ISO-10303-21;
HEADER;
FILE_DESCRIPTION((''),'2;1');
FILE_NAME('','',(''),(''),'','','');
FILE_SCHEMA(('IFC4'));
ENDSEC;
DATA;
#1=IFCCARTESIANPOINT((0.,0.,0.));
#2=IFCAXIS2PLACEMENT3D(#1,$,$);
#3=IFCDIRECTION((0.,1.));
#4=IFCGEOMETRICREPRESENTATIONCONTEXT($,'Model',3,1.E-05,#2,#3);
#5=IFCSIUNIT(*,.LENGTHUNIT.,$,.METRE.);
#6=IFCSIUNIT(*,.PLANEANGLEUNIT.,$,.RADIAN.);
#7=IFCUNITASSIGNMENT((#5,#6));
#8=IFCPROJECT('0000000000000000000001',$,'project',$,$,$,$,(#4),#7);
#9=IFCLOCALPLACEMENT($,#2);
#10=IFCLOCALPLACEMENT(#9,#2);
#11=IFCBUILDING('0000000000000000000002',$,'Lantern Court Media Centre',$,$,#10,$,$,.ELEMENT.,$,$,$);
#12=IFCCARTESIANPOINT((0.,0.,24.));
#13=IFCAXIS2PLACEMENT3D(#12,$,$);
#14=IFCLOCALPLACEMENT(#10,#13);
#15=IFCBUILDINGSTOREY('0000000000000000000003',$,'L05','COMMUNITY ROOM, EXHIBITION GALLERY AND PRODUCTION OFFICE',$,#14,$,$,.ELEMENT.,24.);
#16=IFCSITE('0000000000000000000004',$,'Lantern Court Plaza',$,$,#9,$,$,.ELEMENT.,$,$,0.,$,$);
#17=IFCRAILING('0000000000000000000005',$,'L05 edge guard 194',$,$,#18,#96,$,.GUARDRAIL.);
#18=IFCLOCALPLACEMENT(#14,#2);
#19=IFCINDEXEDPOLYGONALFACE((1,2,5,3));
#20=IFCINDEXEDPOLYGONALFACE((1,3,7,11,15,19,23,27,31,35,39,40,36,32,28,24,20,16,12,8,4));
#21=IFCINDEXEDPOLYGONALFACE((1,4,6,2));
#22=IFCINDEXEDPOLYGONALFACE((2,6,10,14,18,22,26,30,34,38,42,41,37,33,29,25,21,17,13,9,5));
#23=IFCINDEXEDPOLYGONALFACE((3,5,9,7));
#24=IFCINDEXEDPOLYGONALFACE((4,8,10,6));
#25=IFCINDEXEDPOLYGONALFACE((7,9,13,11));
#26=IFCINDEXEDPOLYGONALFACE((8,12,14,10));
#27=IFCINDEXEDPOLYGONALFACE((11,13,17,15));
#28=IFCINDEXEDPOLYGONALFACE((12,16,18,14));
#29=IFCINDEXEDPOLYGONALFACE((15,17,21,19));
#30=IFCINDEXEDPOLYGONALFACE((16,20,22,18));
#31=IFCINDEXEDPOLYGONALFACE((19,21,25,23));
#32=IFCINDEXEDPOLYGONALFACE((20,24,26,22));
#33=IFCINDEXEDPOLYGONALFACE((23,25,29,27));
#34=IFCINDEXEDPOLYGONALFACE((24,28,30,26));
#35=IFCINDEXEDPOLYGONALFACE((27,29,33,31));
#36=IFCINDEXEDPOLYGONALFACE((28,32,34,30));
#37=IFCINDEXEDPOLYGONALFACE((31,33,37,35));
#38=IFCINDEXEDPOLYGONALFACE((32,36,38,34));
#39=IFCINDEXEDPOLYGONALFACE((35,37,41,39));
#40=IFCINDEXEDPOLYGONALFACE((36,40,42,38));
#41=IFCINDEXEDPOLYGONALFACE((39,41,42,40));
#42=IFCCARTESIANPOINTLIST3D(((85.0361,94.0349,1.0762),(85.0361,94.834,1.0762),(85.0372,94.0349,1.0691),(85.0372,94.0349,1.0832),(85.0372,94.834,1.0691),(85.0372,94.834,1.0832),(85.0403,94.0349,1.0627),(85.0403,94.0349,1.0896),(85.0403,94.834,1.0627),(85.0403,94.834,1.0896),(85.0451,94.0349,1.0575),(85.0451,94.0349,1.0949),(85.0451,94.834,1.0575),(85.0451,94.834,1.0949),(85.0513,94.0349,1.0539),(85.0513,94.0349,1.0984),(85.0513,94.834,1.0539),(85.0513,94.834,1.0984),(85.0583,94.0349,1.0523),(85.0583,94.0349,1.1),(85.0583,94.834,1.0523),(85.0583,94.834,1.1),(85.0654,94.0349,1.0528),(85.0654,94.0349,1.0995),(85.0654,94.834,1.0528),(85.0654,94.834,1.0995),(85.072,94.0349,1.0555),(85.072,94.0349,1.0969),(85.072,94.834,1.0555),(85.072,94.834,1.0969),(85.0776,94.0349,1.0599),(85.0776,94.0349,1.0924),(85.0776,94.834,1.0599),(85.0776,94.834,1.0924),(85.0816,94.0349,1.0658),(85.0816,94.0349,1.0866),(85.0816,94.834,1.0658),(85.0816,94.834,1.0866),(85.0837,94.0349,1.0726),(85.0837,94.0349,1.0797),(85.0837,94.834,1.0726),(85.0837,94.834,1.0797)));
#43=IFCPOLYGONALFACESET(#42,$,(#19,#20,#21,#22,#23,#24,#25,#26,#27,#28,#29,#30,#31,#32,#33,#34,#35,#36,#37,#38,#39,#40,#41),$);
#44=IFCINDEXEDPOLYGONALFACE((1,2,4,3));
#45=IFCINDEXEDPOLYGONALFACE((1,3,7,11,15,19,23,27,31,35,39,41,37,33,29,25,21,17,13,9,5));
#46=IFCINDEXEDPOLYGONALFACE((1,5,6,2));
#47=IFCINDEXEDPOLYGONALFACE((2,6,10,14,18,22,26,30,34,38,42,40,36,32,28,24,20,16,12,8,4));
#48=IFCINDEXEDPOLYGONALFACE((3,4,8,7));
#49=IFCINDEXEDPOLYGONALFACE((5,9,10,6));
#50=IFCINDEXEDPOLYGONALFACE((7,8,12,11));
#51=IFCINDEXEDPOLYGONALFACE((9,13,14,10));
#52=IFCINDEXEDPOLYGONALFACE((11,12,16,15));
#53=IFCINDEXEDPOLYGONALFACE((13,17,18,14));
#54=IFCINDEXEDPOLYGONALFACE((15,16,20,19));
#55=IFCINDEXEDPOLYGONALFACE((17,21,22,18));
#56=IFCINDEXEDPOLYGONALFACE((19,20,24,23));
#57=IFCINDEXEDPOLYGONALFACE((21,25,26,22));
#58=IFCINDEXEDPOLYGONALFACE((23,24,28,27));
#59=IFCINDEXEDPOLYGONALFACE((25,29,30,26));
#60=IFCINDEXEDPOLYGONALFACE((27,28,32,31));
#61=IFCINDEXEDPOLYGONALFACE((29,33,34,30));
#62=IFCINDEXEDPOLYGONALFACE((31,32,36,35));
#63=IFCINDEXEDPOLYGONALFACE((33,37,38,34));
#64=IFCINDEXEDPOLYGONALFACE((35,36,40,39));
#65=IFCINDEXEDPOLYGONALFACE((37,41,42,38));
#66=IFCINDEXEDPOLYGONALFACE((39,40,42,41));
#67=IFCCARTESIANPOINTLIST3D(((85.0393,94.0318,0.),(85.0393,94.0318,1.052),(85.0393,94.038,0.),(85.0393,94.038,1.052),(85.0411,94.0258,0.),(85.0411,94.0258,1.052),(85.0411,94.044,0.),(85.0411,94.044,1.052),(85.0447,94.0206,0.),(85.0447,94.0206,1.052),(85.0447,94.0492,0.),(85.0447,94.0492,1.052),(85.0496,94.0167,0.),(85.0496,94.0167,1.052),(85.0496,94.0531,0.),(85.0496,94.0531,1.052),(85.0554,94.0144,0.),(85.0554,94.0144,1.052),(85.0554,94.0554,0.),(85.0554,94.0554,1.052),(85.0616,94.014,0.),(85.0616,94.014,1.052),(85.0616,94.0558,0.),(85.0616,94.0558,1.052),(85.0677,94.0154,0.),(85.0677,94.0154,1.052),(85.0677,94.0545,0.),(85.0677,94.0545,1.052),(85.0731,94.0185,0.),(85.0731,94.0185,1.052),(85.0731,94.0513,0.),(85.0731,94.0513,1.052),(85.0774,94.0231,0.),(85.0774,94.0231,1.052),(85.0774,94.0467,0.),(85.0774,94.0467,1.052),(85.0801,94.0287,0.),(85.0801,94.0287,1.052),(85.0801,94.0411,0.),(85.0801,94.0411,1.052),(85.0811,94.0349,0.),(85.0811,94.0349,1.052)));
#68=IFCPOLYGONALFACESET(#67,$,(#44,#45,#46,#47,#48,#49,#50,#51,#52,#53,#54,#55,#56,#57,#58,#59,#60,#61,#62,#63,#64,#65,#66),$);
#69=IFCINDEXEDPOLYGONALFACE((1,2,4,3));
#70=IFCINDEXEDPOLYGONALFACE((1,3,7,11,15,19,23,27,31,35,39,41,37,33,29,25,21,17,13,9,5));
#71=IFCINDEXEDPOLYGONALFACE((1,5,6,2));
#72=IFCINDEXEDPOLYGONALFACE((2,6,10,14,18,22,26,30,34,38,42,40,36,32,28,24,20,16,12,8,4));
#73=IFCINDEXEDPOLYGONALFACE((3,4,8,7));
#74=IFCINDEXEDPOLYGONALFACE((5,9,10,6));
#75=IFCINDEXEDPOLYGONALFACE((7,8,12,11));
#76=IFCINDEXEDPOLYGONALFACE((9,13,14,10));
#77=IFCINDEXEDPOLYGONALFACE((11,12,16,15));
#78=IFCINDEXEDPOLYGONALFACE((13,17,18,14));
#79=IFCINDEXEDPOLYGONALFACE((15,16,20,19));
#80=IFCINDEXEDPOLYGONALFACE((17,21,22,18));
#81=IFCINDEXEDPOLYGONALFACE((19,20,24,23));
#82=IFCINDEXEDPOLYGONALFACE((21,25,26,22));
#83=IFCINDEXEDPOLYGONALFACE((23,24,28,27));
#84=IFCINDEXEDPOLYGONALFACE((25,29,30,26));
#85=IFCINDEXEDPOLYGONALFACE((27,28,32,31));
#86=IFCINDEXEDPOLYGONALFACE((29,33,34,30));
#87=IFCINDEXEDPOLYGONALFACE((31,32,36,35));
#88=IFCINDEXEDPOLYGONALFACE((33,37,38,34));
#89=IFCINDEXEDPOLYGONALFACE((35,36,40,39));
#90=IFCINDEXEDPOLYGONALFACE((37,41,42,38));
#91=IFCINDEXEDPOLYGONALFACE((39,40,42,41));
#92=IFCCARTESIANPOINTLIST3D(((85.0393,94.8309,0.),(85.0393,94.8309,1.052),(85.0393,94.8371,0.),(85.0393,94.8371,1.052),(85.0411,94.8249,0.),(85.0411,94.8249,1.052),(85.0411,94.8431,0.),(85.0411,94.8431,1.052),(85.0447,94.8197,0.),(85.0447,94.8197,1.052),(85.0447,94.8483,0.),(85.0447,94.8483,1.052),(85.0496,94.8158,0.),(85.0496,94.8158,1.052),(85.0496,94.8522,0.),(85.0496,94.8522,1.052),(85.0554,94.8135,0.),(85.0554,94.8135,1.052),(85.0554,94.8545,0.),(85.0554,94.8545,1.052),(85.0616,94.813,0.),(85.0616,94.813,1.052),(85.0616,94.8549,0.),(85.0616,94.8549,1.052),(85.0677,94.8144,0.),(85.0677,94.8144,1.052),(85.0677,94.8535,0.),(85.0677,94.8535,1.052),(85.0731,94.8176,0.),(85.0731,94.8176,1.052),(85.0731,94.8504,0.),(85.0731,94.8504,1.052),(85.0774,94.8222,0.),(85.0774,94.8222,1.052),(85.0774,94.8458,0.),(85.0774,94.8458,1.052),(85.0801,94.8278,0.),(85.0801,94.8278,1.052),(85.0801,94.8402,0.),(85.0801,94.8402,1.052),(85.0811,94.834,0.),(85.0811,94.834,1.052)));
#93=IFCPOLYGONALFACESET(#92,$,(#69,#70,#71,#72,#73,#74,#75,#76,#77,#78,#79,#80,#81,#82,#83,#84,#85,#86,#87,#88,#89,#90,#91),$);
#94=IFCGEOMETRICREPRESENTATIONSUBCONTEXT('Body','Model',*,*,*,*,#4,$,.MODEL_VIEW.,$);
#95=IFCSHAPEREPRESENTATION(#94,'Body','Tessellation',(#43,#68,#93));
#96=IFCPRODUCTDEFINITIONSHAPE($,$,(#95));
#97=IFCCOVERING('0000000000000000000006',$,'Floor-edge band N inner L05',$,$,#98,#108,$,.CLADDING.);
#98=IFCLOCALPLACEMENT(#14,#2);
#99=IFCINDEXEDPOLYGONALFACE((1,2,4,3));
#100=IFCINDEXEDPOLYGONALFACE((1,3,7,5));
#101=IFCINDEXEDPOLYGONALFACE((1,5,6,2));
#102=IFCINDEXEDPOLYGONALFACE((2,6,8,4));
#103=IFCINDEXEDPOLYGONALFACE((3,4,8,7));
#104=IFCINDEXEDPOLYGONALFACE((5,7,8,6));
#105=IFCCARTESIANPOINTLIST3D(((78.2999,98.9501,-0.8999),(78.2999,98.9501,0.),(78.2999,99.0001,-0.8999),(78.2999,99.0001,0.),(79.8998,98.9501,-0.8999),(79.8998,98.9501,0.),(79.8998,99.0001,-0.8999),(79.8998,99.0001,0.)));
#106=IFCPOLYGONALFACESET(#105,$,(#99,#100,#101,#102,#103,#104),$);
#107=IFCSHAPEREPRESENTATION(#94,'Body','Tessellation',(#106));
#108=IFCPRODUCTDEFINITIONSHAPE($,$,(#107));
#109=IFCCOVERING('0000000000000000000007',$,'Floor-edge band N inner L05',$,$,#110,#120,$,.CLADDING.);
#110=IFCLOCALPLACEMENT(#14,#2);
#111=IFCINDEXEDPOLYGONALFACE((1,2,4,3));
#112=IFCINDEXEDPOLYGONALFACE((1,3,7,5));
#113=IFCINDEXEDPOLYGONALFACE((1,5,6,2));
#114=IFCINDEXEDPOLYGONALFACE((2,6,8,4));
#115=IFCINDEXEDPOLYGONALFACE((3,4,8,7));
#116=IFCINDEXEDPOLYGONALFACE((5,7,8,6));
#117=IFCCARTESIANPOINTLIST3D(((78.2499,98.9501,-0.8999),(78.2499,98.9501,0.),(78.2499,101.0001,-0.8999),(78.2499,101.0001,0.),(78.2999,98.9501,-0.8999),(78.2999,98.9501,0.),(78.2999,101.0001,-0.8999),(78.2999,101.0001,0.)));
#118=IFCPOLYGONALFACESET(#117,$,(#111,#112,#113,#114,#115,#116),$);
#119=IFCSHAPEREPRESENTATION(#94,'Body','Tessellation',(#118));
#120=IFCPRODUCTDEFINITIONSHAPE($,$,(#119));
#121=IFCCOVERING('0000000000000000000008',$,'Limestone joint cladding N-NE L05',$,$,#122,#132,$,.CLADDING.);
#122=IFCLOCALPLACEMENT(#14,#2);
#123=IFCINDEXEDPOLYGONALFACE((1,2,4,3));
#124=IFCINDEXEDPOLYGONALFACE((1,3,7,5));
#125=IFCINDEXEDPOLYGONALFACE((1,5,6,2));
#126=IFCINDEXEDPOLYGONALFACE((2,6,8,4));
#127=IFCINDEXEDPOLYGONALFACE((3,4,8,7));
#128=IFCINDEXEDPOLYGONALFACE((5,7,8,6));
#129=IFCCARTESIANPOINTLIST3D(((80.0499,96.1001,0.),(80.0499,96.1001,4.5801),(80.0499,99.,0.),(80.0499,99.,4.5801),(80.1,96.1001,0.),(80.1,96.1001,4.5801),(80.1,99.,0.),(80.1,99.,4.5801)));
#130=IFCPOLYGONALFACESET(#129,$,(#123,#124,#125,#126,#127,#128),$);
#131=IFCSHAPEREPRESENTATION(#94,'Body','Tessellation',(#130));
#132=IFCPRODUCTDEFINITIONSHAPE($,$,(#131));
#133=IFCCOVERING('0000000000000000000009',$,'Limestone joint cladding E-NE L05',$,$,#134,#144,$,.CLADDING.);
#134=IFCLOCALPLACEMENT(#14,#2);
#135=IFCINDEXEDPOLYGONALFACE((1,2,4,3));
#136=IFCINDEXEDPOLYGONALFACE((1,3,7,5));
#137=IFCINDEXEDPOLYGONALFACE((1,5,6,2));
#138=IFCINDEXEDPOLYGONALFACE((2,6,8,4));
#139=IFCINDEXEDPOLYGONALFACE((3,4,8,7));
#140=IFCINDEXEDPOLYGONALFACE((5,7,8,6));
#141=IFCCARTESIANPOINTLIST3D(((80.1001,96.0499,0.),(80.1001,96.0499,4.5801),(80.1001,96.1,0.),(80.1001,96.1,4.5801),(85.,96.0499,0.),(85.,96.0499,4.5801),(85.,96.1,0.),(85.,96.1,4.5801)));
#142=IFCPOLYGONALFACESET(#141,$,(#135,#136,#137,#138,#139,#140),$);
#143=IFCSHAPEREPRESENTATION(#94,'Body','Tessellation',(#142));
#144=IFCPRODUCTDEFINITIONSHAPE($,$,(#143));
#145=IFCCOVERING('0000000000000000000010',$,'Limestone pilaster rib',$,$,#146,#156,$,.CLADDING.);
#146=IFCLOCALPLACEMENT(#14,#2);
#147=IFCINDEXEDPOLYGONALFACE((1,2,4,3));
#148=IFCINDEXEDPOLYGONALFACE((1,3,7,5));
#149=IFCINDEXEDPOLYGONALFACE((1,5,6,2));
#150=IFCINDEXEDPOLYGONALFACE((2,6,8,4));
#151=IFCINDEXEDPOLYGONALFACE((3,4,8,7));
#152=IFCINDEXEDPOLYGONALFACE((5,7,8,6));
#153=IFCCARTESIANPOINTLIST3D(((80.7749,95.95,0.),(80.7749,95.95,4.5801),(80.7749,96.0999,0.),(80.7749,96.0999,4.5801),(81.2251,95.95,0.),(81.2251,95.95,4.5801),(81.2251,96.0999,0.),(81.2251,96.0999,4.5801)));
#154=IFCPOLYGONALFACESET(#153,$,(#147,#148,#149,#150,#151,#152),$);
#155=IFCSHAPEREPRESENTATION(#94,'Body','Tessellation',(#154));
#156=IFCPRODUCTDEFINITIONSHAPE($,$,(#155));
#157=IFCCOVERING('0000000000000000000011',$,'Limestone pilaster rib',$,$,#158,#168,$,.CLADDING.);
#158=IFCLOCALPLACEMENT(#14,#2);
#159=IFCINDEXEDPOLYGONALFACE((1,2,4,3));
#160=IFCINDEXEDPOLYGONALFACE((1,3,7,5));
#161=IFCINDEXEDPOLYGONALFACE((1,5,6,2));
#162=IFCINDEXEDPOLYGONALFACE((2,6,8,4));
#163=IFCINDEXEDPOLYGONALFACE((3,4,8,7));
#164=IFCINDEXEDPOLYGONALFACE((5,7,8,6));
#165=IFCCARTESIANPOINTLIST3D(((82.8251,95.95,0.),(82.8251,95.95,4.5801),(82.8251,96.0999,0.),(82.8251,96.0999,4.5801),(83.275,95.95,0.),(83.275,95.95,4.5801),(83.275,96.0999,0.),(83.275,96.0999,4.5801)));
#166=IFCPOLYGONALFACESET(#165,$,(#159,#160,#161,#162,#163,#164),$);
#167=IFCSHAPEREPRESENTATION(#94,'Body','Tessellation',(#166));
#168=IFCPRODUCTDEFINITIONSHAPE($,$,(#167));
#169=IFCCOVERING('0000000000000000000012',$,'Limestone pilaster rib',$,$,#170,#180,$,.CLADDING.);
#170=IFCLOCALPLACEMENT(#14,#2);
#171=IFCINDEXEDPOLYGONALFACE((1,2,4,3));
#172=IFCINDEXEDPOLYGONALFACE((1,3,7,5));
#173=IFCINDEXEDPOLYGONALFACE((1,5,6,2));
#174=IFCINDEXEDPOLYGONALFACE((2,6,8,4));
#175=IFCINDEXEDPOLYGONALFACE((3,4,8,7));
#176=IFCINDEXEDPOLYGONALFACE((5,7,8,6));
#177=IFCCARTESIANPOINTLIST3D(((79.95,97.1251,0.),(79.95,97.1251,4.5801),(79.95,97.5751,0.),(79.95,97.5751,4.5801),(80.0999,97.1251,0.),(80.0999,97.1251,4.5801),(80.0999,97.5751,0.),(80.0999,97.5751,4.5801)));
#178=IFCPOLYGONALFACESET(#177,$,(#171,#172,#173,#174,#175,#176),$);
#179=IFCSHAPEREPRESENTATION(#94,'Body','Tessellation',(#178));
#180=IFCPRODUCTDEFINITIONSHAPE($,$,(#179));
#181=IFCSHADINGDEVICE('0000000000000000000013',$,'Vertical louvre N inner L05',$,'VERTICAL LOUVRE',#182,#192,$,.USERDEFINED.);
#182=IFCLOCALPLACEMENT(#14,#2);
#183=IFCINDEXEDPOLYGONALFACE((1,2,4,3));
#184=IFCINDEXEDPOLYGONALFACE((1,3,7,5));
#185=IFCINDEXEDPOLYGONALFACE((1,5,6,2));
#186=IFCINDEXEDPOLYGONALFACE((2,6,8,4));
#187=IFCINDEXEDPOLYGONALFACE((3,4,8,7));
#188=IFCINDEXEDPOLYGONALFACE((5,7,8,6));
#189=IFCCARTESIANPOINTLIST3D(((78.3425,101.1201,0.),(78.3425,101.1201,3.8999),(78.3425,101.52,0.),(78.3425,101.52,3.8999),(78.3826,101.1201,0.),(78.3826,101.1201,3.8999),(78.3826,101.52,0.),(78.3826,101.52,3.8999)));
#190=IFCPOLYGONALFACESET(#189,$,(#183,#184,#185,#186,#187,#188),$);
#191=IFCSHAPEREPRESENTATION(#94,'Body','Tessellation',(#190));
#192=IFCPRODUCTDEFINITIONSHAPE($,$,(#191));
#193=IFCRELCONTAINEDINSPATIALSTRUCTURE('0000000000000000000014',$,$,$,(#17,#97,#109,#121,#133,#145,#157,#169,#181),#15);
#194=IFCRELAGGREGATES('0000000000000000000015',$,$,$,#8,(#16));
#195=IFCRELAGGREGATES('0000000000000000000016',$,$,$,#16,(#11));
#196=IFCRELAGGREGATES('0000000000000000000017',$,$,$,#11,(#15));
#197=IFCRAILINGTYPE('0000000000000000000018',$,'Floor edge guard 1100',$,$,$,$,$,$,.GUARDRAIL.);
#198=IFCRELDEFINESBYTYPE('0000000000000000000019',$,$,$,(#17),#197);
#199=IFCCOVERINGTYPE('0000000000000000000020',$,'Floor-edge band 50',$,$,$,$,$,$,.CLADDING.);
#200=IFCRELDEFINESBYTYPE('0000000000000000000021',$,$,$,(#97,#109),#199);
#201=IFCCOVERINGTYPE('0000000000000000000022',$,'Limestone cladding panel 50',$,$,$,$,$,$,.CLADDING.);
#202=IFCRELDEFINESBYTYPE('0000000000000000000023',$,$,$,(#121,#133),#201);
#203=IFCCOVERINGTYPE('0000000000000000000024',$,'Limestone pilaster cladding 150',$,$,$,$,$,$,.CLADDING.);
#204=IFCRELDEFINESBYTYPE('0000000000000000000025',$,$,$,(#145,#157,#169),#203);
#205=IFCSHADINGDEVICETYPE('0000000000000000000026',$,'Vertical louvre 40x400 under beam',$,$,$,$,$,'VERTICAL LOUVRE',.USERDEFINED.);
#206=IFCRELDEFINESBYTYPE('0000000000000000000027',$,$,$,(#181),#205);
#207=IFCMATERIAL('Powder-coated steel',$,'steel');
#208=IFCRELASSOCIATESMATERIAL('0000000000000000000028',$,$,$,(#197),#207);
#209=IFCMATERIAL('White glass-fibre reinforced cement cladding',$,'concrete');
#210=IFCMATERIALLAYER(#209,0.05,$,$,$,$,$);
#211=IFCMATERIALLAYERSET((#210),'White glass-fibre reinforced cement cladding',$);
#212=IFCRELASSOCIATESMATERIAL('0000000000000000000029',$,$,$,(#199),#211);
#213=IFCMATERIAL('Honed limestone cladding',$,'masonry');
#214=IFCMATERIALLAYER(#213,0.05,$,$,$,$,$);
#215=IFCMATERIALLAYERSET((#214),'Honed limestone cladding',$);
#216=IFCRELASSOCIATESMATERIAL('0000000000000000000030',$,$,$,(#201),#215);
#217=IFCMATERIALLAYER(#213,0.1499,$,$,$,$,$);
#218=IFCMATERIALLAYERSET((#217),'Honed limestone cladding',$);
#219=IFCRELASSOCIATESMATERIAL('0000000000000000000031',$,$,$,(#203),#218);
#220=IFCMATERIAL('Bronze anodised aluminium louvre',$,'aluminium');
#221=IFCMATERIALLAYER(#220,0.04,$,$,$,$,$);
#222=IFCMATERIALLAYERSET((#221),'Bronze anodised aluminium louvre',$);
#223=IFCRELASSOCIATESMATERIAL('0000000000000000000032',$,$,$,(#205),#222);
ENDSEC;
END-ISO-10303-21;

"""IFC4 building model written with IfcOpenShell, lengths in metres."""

from ifc_helpers import new_model, si_unit, direction, frame, frame_2d, origin, origin_2d, place, context, subcontext, project, spatial, rectangle, circle, extrude, material, layer, layer_set, type_object, element, save


model = new_model("IFC4")

# Units and contexts
model_context = context("Model", 3, precision=1e-05, world=origin(), true_north=direction((0.0, 1.0)))
body_context = subcontext(model_context, "Body", "Model", "MODEL_VIEW")
ifc_project = project(units=[si_unit("LENGTHUNIT", "METRE"), si_unit("PLANEANGLEUNIT", "RADIAN")], contexts=[model_context])

# Site, building, storey
site_placement = place(None, origin())
site = spatial("IfcSite", under=ifc_project, at=site_placement, Name="Lantern Court Plaza", CompositionType="ELEMENT", RefElevation=0.0)
building_placement = place(site_placement, origin())
building = spatial("IfcBuilding", under=site, at=building_placement, Name="Lantern Court Media Centre", CompositionType="ELEMENT")
storey_placement = place(building_placement, frame((0.0, 0.0, 24.0)))
storey = spatial("IfcBuildingStorey", under=building, at=storey_placement, Name="L05", Description="COMMUNITY ROOM, EXHIBITION GALLERY AND PRODUCTION OFFICE", CompositionType="ELEMENT", Elevation=24.0)

# Railing
ifc_material_1 = material(Name="Powder-coated steel", Category="steel")
railing_type = type_object("IfcRailingType", Name="Floor edge guard 1100", PredefinedType="GUARDRAIL", material=ifc_material_1)
railing_1_placement = place(storey_placement, frame((85.0601, 94.0349, 0.0)))
element("IfcRailing", 1, at=railing_1_placement, inside=storey, type_object=railing_type, Name="L05 edge guard 194", PredefinedType="GUARDRAIL", context=body_context, shape_type="SweptSolid", body=[
    extrude(circle(Radius=0.0239, at=origin_2d()), frame((0.0, 0.0, 1.0762), z_axis=(0.0, 1.0, 0.0), x_axis=(-1.0, 0.0, 0.0)), (0.0, 0.0, 1.0), 0.7991),
    extrude(circle(Radius=0.021, at=origin_2d()), origin(), (0.0, 0.0, 1.0), 1.052),
    extrude(circle(Radius=0.021, at=origin_2d()), frame((0.0, 0.7991, 0.0)), (0.0, 0.0, 1.0), 1.052),
])

# Coverings
ifc_material_2 = material(Name="White glass-fibre reinforced cement cladding", Category="concrete")
ifc_layer_1 = layer(ifc_material_2, 0.05)
ifc_layer_set_1 = layer_set([ifc_layer_1], Name="White glass-fibre reinforced cement cladding")
covering_type_1 = type_object("IfcCoveringType", Name="Floor-edge band 50", PredefinedType="CLADDING", material=ifc_layer_set_1)
covering_1_placement = place(storey_placement, frame((78.3, 98.9751, -0.8999), z_axis=(0.0, 0.0, 1.0), x_axis=(1.0, 0.0, 0.0)))
element("IfcCovering", 2, at=covering_1_placement, inside=storey, type_object=covering_type_1, Name="Floor-edge band N inner L05", PredefinedType="CLADDING", context=body_context, shape_type="SweptSolid", body=[
    extrude(rectangle(XDim=1.5999, YDim=0.05, at=frame_2d((0.7998, 0.0))), origin(), (0.0, 0.0, 1.0), 0.8999),
])
covering_2_placement = place(storey_placement, frame((78.2749, 101.0, -0.8999), z_axis=(0.0, 0.0, 1.0), x_axis=(0.0, -1.0, 0.0)))
element("IfcCovering", 3, at=covering_2_placement, inside=storey, type_object=covering_type_1, Name="Floor-edge band N inner L05", PredefinedType="CLADDING", context=body_context, shape_type="SweptSolid", body=[
    extrude(rectangle(XDim=2.05, YDim=0.05, at=frame_2d((1.0249, 0.0))), origin(), (0.0, 0.0, 1.0), 0.8999),
])
ifc_material_3 = material(Name="Honed limestone cladding", Category="masonry")
ifc_layer_2 = layer(ifc_material_3, 0.05)
ifc_layer_set_2 = layer_set([ifc_layer_2], Name="Honed limestone cladding")
covering_type_2 = type_object("IfcCoveringType", Name="Limestone cladding panel 50", PredefinedType="CLADDING", material=ifc_layer_set_2)
covering_3_placement = place(storey_placement, frame((80.075, 96.1001, 0.0), z_axis=(0.0, 0.0, 1.0), x_axis=(0.0, 1.0, 0.0)))
element("IfcCovering", 4, at=covering_3_placement, inside=storey, type_object=covering_type_2, Name="Limestone joint cladding N-NE L05", PredefinedType="CLADDING", context=body_context, shape_type="SweptSolid", body=[
    extrude(rectangle(XDim=2.8999, YDim=0.05, at=frame_2d((1.45, 0.0))), origin(), (0.0, 0.0, 1.0), 4.5801),
])
covering_4_placement = place(storey_placement, frame((80.1001, 96.075, 0.0), z_axis=(0.0, 0.0, 1.0), x_axis=(1.0, 0.0, 0.0)))
element("IfcCovering", 5, at=covering_4_placement, inside=storey, type_object=covering_type_2, Name="Limestone joint cladding E-NE L05", PredefinedType="CLADDING", context=body_context, shape_type="SweptSolid", body=[
    extrude(rectangle(XDim=4.8999, YDim=0.05, at=frame_2d((2.45, 0.0))), origin(), (0.0, 0.0, 1.0), 4.5801),
])
ifc_layer_3 = layer(ifc_material_3, 0.1499)
ifc_layer_set_3 = layer_set([ifc_layer_3], Name="Honed limestone cladding")
covering_type_3 = type_object("IfcCoveringType", Name="Limestone pilaster cladding 150", PredefinedType="CLADDING", material=ifc_layer_set_3)
covering_5_placement = place(storey_placement, frame((80.7749, 96.0249, 0.0), z_axis=(0.0, 0.0, 1.0), x_axis=(1.0, 0.0, 0.0)))
element("IfcCovering", 6, at=covering_5_placement, inside=storey, type_object=covering_type_3, Name="Limestone pilaster rib", PredefinedType="CLADDING", context=body_context, shape_type="SweptSolid", body=[
    extrude(rectangle(XDim=0.4502, YDim=0.1499, at=frame_2d((0.2251, 0.0))), origin(), (0.0, 0.0, 1.0), 4.5801),
])
for number, where, z_axis, x_axis, name in (
    (7, (82.825, 96.0249, 0.0), (0.0, 0.0, 1.0), (1.0, 0.0, 0.0), "Limestone pilaster rib"),
    (8, (80.0249, 97.125, 0.0), (0.0, 0.0, 1.0), (0.0, 1.0, 0.0), "Limestone pilaster rib"),
):
    element("IfcCovering", number, at=place(storey_placement, frame(where, z_axis=z_axis, x_axis=x_axis)), inside=storey, type_object=covering_type_3, Name=name, PredefinedType="CLADDING", context=body_context, shape_type="SweptSolid", body=[
        extrude(rectangle(XDim=0.45, YDim=0.1499, at=frame_2d((0.2251, 0.0))), origin(), (0.0, 0.0, 1.0), 4.5801),
    ])

# Shading device
ifc_material_4 = material(Name="Bronze anodised aluminium louvre", Category="aluminium")
ifc_layer_4 = layer(ifc_material_4, 0.04)
ifc_layer_set_4 = layer_set([ifc_layer_4], Name="Bronze anodised aluminium louvre")
shading_device_type = type_object("IfcShadingDeviceType", Name="Vertical louvre 40x400 under beam", ElementType="VERTICAL LOUVRE", PredefinedType="USERDEFINED", material=ifc_layer_set_4)
shading_device_placement = place(storey_placement, frame((78.3625, 101.3201, 0.0), z_axis=(0.0, 0.0, 1.0), x_axis=(1.0, 0.0, 0.0)))
element("IfcShadingDevice", 9, at=shading_device_placement, inside=storey, type_object=shading_device_type, Name="Vertical louvre N inner L05", ObjectType="VERTICAL LOUVRE", PredefinedType="USERDEFINED", context=body_context, shape_type="SweptSolid", body=[
    extrude(rectangle(XDim=0.04, YDim=0.3999, at=origin_2d()), origin(), (0.0, 0.0, 1.0), 3.8999),
])

save(model, "model.ifc")
